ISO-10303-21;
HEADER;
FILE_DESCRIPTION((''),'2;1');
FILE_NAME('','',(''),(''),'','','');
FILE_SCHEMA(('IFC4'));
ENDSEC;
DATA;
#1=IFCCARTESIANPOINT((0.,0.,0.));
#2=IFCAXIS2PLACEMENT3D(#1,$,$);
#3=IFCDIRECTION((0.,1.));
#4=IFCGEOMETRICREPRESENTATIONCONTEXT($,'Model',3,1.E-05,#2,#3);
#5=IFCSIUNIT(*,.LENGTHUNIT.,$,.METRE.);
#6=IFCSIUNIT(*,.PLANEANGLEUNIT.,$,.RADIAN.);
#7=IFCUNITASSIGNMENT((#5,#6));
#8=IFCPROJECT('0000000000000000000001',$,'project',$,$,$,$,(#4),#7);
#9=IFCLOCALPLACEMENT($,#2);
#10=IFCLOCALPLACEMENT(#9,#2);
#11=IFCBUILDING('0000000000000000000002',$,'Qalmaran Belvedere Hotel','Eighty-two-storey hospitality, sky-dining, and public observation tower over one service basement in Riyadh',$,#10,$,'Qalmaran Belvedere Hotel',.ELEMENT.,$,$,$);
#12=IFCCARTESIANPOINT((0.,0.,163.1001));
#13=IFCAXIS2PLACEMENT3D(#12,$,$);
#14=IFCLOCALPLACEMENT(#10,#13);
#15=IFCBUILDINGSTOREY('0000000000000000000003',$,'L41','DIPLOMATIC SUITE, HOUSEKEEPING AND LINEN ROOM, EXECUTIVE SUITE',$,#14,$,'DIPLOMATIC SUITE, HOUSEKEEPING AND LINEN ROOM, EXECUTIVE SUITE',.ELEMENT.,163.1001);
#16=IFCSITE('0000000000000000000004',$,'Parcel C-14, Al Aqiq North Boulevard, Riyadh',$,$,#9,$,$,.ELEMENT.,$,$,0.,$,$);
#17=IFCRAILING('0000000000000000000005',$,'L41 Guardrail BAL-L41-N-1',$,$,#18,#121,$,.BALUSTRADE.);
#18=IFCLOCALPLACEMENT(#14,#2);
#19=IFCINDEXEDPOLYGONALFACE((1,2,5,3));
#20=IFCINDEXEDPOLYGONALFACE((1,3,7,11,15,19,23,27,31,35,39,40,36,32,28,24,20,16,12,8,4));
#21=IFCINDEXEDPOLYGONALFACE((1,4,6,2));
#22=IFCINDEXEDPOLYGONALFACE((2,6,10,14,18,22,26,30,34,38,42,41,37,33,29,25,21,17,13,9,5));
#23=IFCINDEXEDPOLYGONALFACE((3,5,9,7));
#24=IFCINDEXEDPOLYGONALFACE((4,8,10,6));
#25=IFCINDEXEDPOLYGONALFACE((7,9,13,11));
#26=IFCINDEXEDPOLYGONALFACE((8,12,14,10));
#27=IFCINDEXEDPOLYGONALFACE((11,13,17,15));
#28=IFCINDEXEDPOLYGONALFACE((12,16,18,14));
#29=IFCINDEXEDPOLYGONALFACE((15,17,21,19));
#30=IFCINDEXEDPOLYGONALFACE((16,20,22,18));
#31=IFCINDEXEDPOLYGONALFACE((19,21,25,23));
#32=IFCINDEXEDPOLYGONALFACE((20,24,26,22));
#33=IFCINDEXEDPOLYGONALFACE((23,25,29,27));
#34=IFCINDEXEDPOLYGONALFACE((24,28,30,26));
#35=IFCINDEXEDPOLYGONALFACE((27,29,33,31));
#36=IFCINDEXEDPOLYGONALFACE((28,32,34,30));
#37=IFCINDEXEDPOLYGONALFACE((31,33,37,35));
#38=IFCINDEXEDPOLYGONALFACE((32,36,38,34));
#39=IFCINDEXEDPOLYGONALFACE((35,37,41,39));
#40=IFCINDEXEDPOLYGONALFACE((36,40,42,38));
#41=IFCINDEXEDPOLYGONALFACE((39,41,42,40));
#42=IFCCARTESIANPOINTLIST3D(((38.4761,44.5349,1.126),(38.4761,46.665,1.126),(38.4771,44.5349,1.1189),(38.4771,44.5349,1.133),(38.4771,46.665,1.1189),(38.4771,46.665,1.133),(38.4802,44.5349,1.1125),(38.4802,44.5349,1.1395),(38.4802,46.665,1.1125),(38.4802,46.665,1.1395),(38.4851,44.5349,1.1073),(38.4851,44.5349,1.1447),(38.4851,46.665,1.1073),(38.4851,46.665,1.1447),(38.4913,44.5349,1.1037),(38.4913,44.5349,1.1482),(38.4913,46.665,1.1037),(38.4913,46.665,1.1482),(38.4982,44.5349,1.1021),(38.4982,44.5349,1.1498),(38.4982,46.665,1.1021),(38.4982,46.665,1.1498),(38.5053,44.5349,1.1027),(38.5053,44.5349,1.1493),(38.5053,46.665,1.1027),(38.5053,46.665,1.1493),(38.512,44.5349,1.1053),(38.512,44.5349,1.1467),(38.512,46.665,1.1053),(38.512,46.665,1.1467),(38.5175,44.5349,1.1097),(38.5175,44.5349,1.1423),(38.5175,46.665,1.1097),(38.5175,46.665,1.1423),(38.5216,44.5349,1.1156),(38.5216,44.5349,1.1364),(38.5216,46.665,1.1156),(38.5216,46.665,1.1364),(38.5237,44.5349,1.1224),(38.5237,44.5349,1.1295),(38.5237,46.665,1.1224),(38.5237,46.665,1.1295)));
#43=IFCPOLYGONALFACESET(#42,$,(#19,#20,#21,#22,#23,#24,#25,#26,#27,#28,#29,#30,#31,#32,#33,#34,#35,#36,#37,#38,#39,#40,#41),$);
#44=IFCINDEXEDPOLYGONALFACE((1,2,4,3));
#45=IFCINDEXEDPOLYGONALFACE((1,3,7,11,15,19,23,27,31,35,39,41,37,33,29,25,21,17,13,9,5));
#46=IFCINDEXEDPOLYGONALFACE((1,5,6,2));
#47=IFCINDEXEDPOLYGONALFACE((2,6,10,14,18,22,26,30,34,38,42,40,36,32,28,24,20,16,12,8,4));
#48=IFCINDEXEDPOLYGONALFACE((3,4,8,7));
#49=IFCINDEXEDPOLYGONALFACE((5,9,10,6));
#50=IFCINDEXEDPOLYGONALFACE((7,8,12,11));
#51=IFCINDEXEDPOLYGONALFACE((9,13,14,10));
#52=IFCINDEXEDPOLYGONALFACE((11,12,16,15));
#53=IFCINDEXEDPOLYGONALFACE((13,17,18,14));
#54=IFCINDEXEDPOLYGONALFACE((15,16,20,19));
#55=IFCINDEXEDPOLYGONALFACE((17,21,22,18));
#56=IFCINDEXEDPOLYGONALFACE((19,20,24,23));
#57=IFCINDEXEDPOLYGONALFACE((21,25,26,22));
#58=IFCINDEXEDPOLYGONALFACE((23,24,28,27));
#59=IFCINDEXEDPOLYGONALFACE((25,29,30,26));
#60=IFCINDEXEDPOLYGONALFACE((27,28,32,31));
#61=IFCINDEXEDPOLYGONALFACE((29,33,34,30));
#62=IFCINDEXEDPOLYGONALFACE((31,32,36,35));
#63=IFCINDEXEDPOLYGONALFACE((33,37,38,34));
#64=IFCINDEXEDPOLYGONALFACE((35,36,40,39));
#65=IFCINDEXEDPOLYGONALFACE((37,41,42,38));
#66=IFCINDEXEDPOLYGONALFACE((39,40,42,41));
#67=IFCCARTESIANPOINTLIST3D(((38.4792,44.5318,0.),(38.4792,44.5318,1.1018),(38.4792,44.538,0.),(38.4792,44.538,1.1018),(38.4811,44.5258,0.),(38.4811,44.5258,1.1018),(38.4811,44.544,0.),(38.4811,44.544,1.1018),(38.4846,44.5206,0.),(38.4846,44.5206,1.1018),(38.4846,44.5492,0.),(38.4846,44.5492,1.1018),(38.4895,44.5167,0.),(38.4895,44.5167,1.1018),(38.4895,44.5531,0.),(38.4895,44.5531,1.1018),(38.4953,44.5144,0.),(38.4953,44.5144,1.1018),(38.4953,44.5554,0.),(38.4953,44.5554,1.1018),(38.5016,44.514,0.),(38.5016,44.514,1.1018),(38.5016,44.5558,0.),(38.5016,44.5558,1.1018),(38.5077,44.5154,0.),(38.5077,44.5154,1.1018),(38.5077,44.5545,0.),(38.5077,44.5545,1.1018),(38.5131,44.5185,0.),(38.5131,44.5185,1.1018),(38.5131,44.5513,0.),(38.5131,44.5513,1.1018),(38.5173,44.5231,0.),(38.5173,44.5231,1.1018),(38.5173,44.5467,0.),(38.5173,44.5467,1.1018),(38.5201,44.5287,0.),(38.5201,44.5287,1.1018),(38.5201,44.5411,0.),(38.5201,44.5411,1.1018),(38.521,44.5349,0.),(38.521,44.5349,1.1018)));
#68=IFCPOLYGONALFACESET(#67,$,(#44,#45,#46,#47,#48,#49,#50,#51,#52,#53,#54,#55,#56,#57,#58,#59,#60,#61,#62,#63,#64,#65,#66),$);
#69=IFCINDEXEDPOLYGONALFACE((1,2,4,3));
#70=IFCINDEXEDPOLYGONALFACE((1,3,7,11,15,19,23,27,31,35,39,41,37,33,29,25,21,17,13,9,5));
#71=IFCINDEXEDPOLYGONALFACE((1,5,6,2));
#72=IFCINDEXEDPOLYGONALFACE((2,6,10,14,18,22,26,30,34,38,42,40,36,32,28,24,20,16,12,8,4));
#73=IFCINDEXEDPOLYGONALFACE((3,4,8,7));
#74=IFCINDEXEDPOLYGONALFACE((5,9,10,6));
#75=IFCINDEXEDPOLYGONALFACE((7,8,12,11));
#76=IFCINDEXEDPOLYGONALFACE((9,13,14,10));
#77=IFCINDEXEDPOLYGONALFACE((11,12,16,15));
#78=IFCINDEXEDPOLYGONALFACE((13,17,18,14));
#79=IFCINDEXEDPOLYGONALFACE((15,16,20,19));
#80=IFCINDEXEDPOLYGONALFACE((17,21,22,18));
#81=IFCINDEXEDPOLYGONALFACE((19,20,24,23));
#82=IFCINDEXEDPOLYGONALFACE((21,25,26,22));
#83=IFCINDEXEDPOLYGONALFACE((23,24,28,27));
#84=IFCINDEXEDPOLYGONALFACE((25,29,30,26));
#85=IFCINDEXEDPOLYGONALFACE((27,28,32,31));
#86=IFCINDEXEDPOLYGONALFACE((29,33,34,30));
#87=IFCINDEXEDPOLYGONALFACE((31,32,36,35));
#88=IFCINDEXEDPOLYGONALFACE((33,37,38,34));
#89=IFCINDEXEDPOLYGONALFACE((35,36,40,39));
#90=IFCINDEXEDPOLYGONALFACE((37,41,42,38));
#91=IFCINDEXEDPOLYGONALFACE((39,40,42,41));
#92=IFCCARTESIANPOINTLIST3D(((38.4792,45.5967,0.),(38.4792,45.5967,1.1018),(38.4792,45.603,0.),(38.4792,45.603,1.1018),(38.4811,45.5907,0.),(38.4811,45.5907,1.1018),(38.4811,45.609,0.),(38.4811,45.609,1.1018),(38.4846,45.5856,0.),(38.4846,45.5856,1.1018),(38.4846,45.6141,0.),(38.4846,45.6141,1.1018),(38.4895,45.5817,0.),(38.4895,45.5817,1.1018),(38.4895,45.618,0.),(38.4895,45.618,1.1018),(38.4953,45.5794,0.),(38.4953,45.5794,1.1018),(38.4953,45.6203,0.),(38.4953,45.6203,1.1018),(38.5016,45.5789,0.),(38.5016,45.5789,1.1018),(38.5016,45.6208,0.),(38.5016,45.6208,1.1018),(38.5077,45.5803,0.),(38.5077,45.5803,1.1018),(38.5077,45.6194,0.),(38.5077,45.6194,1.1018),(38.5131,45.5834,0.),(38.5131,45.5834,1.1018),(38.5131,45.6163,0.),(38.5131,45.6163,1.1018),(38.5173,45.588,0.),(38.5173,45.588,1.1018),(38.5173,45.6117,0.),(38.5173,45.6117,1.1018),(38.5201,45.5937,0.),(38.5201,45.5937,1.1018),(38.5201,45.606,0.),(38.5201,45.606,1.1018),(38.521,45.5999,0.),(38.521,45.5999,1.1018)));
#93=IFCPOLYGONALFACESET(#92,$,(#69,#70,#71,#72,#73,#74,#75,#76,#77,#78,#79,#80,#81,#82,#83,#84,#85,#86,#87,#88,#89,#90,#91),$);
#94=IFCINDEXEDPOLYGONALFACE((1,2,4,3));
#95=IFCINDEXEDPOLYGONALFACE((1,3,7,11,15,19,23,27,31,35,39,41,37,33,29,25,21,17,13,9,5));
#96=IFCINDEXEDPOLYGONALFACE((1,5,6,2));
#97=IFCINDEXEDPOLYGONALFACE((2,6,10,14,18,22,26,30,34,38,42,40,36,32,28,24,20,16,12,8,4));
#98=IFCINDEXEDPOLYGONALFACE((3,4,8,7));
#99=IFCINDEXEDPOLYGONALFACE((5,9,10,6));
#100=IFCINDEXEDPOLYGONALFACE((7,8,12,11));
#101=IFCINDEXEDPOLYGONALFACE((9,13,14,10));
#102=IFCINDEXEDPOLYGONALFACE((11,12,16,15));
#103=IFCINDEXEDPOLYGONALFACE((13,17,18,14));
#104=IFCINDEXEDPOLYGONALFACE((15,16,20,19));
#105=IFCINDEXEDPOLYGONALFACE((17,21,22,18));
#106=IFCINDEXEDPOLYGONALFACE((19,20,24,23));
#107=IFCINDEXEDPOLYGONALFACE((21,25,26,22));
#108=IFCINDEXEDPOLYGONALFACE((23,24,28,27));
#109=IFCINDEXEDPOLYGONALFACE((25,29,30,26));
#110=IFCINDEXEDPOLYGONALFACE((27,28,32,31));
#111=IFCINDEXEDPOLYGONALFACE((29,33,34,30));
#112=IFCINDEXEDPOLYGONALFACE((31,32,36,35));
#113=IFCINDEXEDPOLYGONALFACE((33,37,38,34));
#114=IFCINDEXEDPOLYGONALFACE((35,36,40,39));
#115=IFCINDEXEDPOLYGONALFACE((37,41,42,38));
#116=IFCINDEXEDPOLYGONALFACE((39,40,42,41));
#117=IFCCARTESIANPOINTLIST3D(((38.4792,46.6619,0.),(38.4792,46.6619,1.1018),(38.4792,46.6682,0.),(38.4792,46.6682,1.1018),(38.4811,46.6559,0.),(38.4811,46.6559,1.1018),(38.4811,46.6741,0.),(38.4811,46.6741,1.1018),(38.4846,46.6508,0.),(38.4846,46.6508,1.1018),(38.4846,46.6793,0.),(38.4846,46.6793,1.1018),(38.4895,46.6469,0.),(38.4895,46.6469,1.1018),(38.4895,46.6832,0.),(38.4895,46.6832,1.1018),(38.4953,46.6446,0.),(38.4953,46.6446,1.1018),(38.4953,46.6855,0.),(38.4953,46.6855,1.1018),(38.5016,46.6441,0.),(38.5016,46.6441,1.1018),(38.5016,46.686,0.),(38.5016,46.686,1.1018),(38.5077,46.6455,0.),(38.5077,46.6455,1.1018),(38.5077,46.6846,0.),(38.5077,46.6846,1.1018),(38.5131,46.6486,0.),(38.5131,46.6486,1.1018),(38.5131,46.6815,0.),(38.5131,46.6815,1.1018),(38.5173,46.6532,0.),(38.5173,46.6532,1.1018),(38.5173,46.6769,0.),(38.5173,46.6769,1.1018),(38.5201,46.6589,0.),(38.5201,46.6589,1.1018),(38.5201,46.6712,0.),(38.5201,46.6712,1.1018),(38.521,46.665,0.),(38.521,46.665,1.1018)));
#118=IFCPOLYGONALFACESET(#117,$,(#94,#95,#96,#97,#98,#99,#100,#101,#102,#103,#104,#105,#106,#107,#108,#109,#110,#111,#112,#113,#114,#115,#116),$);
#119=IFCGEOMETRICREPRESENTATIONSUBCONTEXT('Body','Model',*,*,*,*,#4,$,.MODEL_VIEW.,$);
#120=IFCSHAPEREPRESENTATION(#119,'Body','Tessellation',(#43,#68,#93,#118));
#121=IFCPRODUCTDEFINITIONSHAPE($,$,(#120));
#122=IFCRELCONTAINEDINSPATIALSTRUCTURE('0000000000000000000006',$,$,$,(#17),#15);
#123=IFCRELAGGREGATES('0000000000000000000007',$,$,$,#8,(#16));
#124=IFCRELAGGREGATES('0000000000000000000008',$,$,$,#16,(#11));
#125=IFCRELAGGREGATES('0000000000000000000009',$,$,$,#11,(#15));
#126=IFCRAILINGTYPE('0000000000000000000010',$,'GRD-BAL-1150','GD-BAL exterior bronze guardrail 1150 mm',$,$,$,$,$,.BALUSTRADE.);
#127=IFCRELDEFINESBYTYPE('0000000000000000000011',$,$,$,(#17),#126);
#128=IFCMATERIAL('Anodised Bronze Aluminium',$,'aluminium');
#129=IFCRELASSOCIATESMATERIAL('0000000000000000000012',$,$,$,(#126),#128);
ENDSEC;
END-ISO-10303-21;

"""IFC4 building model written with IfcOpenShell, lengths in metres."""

from ifc_helpers import new_model, si_unit, direction, frame, origin, origin_2d, place, context, subcontext, project, spatial, circle, extrude, material, type_object, element, save


model = new_model("IFC4")

# Units and contexts
model_context = context("Model", 3, precision=1e-05, world=origin(), true_north=direction((0.0, 1.0)))
body_context = subcontext(model_context, "Body", "Model", "MODEL_VIEW")
ifc_project = project(units=[si_unit("LENGTHUNIT", "METRE"), si_unit("PLANEANGLEUNIT", "RADIAN")], contexts=[model_context])

# Site, building, storey
site_placement = place(None, origin())
site = spatial("IfcSite", under=ifc_project, at=site_placement, Name="Parcel C-14, Al Aqiq North Boulevard, Riyadh", CompositionType="ELEMENT", RefElevation=0.0)
building_placement = place(site_placement, origin())
building = spatial("IfcBuilding", under=site, at=building_placement, Name="Qalmaran Belvedere Hotel", Description="Eighty-two-storey hospitality, sky-dining, and public observation tower over one service basement in Riyadh", LongName="Qalmaran Belvedere Hotel", CompositionType="ELEMENT")
storey_placement = place(building_placement, frame((0.0, 0.0, 163.1001)))
storey = spatial("IfcBuildingStorey", under=building, at=storey_placement, Name="L41", Description="DIPLOMATIC SUITE, HOUSEKEEPING AND LINEN ROOM, EXECUTIVE SUITE", LongName="DIPLOMATIC SUITE, HOUSEKEEPING AND LINEN ROOM, EXECUTIVE SUITE", CompositionType="ELEMENT", Elevation=163.1001)

# Shared definitions
ifc_material_1 = material(Name="Anodised Bronze Aluminium", Category="aluminium")

# Railing
railing_type = type_object("IfcRailingType", Name="GRD-BAL-1150", Description="GD-BAL exterior bronze guardrail 1150 mm", PredefinedType="BALUSTRADE", material=ifc_material_1)
railing_1_placement = place(storey_placement, frame((38.5, 44.5349, 0.0)))
element("IfcRailing", 1, at=railing_1_placement, inside=storey, type_object=railing_type, Name="L41 Guardrail BAL-L41-N-1", PredefinedType="BALUSTRADE", context=body_context, shape_type="SweptSolid", body=[
    extrude(circle(Radius=0.0239, at=origin_2d()), frame((0.0, 0.0, 1.126), z_axis=(0.0, 1.0, 0.0), x_axis=(-1.0, 0.0, 0.0)), (0.0, 0.0, 1.0), 2.1301),
    extrude(circle(Radius=0.021, at=origin_2d()), origin(), (0.0, 0.0, 1.0), 1.1018),
    extrude(circle(Radius=0.021, at=origin_2d()), frame((0.0, 1.0649, 0.0)), (0.0, 0.0, 1.0), 1.1018),
    extrude(circle(Radius=0.021, at=origin_2d()), frame((0.0, 2.1301, 0.0)), (0.0, 0.0, 1.0), 1.1018),
])

save(model, "model.ifc")
